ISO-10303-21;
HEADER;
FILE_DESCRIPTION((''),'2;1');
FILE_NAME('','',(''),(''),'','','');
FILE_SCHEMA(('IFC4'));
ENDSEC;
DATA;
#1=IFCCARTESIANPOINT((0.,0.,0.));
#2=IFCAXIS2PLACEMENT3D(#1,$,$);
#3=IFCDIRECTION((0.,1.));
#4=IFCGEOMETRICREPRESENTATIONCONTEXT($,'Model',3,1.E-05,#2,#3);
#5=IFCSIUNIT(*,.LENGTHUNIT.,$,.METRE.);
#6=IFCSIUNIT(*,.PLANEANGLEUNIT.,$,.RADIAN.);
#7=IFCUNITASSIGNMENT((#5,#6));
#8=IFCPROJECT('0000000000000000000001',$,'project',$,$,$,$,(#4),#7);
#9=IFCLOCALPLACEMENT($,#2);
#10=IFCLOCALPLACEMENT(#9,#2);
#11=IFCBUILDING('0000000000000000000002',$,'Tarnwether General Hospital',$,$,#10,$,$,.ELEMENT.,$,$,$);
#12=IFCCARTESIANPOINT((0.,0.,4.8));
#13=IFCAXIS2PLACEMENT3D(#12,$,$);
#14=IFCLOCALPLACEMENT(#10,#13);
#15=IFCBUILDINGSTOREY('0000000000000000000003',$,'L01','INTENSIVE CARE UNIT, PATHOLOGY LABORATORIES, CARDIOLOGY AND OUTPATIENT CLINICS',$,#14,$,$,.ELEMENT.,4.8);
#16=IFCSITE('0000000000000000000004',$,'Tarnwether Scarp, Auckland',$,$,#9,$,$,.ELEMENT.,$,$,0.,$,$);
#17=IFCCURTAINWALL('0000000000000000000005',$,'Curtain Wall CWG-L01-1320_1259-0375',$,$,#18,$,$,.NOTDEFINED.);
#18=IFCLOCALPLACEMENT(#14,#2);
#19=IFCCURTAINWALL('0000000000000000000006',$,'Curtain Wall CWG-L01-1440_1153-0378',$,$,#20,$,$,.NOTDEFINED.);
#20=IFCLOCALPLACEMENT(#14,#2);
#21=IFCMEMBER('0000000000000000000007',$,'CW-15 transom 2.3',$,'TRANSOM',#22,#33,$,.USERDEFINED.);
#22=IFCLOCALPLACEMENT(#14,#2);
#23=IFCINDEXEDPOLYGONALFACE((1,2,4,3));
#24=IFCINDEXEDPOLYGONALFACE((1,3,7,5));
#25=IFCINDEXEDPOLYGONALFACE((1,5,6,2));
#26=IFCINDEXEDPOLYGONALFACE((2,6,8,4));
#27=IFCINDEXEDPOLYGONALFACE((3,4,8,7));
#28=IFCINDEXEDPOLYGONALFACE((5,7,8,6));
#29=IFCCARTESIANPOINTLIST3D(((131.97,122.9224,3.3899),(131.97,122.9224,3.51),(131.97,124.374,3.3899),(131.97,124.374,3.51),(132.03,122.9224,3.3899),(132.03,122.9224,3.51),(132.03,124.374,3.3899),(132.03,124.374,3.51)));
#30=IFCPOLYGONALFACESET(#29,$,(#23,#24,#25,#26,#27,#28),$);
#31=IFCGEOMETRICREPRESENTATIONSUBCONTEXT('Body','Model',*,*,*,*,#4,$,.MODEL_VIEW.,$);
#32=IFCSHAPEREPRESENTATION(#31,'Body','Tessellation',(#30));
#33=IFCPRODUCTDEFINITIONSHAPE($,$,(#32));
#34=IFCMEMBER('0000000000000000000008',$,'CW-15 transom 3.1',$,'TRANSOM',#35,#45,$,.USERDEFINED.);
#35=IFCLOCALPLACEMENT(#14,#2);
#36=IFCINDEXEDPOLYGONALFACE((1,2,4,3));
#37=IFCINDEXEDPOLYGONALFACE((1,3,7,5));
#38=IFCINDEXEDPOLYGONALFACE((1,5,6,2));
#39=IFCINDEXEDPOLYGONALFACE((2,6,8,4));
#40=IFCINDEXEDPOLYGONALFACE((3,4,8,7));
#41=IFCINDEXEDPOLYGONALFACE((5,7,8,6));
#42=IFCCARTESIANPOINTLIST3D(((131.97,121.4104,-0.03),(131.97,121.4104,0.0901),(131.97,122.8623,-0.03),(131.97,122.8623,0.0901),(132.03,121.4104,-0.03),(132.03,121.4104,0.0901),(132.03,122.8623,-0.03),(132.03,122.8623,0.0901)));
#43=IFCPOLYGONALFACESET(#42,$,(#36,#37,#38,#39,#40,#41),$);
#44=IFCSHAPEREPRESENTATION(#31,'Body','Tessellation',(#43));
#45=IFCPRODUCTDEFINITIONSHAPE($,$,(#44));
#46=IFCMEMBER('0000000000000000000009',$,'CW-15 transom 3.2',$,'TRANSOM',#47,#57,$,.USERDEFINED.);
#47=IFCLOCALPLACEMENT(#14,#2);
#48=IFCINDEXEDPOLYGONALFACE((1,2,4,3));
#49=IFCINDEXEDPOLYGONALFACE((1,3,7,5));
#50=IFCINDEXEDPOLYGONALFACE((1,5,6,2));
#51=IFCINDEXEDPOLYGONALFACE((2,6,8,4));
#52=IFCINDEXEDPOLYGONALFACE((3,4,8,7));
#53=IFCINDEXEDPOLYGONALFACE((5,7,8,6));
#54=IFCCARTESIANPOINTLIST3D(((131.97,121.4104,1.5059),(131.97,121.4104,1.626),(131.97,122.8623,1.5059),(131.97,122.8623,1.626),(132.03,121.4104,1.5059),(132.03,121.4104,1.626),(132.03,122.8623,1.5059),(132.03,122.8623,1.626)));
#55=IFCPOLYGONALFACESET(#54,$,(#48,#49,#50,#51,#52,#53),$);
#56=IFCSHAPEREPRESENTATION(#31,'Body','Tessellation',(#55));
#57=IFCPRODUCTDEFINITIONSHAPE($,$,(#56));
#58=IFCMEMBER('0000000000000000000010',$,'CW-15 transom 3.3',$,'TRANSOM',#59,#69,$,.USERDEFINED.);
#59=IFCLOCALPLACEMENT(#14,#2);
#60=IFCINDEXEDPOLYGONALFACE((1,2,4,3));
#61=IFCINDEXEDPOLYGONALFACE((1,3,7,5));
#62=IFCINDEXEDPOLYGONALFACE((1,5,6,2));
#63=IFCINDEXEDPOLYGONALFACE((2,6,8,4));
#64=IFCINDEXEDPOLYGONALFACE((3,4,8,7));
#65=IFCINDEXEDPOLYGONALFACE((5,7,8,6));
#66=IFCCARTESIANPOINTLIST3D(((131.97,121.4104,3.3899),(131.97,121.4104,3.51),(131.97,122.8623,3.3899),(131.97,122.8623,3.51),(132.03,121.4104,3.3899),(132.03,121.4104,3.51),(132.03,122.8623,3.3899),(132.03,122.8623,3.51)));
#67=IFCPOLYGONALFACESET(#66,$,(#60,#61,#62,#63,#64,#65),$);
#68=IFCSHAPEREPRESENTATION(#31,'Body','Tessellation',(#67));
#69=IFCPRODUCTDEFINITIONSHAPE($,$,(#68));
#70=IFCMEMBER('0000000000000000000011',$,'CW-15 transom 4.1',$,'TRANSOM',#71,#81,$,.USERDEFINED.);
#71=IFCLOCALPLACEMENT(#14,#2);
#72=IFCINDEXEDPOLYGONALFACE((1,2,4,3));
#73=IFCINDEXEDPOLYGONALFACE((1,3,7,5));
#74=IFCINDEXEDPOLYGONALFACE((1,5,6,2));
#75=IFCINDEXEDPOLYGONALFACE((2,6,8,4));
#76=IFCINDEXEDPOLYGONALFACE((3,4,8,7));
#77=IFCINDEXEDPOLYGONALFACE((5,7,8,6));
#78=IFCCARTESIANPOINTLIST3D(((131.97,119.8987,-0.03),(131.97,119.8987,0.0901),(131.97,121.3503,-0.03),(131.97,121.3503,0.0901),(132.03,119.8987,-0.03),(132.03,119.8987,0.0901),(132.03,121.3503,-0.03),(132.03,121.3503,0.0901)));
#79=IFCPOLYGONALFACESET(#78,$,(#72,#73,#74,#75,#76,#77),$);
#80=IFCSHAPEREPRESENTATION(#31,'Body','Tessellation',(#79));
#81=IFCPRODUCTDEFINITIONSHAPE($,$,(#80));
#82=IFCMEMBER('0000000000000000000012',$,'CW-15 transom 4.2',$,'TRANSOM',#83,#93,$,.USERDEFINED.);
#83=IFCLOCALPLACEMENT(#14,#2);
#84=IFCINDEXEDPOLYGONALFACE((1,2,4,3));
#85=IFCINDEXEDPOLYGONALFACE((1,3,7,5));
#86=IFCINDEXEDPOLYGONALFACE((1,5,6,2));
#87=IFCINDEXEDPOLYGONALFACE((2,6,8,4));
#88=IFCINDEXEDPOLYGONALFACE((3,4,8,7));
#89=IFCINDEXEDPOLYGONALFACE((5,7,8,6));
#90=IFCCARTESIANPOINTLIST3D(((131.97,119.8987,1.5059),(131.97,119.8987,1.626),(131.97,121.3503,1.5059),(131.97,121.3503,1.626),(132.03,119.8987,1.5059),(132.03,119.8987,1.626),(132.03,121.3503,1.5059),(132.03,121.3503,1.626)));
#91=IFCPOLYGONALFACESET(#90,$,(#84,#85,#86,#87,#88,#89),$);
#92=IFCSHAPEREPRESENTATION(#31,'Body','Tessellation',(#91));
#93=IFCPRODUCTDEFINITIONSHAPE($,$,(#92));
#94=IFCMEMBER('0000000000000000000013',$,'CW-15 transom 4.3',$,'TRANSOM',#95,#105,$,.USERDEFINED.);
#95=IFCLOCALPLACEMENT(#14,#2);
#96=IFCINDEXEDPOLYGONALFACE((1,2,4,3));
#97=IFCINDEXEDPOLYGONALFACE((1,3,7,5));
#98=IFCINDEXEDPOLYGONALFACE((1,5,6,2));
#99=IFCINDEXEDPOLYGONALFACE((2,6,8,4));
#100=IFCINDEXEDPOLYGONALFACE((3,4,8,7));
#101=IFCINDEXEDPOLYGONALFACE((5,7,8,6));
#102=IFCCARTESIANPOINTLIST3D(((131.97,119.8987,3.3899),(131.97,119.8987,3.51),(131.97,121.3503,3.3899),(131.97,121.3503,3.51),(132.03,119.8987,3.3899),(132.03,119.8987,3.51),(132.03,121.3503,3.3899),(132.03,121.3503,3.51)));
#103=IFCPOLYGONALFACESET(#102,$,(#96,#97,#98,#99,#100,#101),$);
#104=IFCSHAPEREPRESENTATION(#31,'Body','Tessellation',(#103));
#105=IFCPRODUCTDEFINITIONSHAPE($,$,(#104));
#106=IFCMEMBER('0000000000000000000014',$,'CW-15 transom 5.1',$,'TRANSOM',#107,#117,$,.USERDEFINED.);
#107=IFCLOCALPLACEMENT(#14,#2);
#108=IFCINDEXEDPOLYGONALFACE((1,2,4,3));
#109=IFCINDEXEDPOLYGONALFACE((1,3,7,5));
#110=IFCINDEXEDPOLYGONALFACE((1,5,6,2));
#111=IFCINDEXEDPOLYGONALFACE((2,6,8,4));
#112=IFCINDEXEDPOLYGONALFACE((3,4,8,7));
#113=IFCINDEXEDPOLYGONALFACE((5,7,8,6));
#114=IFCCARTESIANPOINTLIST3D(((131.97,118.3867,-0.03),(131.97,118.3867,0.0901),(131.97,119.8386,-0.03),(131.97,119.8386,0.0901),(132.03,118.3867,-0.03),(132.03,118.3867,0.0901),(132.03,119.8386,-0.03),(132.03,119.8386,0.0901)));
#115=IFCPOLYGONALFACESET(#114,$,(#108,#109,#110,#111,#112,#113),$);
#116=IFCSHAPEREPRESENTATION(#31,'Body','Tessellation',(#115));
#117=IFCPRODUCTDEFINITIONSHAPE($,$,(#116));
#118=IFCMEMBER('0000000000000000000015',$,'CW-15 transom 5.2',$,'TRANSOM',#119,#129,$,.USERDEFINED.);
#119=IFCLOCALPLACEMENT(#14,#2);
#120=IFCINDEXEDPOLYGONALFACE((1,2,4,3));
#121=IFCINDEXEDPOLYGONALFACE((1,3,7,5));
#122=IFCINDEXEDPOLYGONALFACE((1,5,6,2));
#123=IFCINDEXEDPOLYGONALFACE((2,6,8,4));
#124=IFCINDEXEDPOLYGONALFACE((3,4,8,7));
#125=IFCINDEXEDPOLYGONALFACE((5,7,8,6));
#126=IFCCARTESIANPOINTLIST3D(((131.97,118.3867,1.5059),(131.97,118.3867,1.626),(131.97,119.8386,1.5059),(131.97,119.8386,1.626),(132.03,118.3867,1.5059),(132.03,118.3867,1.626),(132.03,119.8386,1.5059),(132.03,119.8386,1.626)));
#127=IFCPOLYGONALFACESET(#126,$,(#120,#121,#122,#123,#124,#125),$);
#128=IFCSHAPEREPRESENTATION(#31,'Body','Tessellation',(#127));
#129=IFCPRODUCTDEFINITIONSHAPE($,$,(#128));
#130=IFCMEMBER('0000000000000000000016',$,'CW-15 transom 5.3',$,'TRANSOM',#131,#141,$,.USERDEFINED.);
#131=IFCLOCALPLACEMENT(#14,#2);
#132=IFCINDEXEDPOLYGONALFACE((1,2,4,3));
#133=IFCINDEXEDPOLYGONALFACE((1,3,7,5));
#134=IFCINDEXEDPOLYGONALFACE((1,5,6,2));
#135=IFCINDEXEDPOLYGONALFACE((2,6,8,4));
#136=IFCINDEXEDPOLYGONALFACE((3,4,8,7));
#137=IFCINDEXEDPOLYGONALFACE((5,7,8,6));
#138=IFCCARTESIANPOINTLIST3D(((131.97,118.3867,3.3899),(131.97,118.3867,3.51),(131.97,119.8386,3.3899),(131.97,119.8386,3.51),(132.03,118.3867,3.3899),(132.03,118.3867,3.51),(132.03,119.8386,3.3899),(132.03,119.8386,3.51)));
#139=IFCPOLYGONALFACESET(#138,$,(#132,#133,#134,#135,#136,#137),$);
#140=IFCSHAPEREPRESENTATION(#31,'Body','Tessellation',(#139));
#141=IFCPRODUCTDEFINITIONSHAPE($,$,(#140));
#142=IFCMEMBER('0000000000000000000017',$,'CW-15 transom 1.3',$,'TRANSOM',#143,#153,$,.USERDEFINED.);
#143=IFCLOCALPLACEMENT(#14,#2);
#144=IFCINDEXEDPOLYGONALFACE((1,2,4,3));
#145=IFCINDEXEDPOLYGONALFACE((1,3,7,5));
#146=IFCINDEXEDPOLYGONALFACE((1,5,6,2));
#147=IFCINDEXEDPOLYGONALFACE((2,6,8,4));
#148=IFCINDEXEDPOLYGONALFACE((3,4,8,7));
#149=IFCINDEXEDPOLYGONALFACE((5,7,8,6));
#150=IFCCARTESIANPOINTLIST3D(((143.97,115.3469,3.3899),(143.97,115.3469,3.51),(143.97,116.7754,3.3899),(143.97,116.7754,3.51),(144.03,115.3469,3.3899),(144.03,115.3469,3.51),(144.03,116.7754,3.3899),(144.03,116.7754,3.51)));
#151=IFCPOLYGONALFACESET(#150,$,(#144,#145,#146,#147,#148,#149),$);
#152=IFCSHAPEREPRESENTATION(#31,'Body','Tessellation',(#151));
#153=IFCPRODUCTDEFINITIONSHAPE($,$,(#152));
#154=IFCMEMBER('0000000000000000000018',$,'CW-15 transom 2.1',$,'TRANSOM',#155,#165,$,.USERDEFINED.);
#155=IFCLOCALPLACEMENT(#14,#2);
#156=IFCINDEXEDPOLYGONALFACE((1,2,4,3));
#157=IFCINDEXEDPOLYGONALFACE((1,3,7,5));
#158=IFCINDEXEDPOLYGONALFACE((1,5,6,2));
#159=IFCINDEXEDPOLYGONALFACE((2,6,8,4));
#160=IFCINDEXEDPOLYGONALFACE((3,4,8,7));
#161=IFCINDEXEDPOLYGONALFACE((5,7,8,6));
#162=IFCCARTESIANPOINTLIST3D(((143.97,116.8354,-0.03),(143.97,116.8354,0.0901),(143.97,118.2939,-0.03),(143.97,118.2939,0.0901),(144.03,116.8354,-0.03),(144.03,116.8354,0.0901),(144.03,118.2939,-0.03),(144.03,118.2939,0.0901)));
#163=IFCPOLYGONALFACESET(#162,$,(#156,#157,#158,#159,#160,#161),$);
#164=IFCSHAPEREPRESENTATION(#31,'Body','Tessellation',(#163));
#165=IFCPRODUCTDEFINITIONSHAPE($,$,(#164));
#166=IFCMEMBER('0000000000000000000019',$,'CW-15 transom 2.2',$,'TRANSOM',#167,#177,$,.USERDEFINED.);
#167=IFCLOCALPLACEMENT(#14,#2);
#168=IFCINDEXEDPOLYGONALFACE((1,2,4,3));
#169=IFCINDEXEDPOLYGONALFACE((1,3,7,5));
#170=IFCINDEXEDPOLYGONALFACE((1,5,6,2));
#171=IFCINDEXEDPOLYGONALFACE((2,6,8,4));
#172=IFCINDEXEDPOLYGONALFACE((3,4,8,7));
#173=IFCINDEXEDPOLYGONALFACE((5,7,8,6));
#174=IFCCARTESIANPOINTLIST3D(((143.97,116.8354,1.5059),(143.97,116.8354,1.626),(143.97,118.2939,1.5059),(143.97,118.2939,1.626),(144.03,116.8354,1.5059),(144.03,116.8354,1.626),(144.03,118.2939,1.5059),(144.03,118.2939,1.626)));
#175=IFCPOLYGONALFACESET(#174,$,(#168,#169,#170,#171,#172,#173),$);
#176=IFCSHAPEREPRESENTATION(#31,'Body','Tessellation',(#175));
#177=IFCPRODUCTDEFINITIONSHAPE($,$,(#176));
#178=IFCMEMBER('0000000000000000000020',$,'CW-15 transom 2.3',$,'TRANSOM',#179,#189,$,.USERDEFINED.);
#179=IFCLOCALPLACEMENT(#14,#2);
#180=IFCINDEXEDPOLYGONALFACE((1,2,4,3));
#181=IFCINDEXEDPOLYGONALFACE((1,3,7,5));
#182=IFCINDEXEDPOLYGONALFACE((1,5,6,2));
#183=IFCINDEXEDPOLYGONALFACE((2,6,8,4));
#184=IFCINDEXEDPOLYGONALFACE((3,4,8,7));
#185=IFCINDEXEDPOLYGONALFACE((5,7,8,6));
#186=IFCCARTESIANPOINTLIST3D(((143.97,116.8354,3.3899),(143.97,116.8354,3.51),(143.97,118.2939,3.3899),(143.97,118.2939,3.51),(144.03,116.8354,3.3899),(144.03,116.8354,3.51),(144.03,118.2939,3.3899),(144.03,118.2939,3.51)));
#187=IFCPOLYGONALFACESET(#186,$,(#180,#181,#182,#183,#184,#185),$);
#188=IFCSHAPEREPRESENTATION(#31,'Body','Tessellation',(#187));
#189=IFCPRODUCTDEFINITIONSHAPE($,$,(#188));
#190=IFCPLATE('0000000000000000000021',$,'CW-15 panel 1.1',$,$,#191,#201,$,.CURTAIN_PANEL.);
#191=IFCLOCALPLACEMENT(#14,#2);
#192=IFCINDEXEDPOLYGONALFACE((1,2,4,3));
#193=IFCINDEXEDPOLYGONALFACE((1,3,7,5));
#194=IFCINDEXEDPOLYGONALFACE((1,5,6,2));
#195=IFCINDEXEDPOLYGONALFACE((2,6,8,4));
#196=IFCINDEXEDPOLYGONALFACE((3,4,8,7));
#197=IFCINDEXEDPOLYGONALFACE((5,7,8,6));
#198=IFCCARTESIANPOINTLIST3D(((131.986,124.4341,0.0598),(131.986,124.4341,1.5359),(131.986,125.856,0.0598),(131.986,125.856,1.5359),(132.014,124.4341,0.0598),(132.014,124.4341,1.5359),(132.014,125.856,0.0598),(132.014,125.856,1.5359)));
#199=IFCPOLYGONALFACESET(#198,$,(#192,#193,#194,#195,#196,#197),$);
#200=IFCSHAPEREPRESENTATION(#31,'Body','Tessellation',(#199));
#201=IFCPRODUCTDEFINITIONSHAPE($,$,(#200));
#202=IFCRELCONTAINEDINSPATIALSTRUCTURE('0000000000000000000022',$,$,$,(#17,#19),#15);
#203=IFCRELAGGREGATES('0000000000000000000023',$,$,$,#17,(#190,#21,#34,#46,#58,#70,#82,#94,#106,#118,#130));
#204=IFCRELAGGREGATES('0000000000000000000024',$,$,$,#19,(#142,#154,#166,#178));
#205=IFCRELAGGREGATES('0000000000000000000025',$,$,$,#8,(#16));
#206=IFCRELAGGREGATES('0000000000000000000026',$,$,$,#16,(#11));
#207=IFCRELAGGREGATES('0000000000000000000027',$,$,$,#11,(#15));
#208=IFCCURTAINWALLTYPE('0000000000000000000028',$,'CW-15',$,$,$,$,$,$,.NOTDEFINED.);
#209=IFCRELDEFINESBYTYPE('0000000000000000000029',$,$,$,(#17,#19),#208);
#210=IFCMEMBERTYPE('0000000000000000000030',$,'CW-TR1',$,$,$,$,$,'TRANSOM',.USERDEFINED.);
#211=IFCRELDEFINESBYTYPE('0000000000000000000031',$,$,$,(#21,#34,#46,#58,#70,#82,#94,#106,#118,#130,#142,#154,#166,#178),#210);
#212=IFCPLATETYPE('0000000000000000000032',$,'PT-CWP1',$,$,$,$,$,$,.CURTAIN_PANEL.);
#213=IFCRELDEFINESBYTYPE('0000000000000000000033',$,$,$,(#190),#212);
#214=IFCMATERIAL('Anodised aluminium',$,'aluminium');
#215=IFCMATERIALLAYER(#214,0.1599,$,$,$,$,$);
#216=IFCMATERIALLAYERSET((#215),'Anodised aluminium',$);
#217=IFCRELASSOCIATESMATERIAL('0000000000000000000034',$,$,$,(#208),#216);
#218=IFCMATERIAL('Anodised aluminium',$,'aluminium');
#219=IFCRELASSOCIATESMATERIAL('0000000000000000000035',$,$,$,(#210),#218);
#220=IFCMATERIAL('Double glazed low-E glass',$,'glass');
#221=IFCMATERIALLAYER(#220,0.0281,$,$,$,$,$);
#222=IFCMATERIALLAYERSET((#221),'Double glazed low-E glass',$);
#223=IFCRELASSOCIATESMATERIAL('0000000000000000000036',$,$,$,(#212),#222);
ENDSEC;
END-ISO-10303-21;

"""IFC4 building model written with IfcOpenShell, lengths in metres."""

from ifc_helpers import new_model, si_unit, direction, frame, origin, origin_2d, place, context, subcontext, project, spatial, rectangle, extrude, material, layer, layer_set, material_profile, profile_set, type_object, element, aggregate, save


model = new_model("IFC4")

# Units and contexts
model_context = context("Model", 3, precision=1e-05, world=origin(), true_north=direction((0.0, 1.0)))
body_context = subcontext(model_context, "Body", "Model", "MODEL_VIEW")
ifc_project = project(units=[si_unit("LENGTHUNIT", "METRE"), si_unit("PLANEANGLEUNIT", "RADIAN")], contexts=[model_context])

# Site, building, storey
site_placement = place(None, origin())
site = spatial("IfcSite", under=ifc_project, at=site_placement, Name="Tarnwether Scarp, Auckland", CompositionType="ELEMENT", RefElevation=0.0)
building_placement = place(site_placement, origin())
building = spatial("IfcBuilding", under=site, at=building_placement, Name="Tarnwether General Hospital", CompositionType="ELEMENT")
storey_placement = place(building_placement, frame((0.0, 0.0, 4.8)))
storey = spatial("IfcBuildingStorey", under=building, at=storey_placement, Name="L01", Description="INTENSIVE CARE UNIT, PATHOLOGY LABORATORIES, CARDIOLOGY AND OUTPATIENT CLINICS", CompositionType="ELEMENT", Elevation=4.8)

# Curtain wall
ifc_material_1 = material(Name="Anodised aluminium", Category="aluminium")
ifc_layer_1 = layer(ifc_material_1, 0.1599)
ifc_layer_set_1 = layer_set([ifc_layer_1], Name="Anodised aluminium")
curtain_wall_type = type_object("IfcCurtainWallType", Name="CW-15", PredefinedType="NOTDEFINED", material=ifc_layer_set_1)
curtain_wall_1_placement = place(storey_placement, origin())
curtain_wall_1 = element("IfcCurtainWall", 1, at=curtain_wall_1_placement, inside=storey, type_object=curtain_wall_type, Name="Curtain Wall CWG-L01-1320_1259-0375", PredefinedType="NOTDEFINED")

# Curtain wall
curtain_wall_2_placement = place(storey_placement, origin())
curtain_wall_2 = element("IfcCurtainWall", 2, at=curtain_wall_2_placement, inside=storey, type_object=curtain_wall_type, Name="Curtain Wall CWG-L01-1440_1153-0378", PredefinedType="NOTDEFINED")

# Members
ifc_material_2 = material(Name="Anodised aluminium", Category="aluminium")
ifc_material_profile_1 = material_profile(ifc_material_2, rectangle(XDim=0.0601, YDim=0.1201, at=origin_2d()), Name="ALU-TRN-60x120")
ifc_profile_set_1 = profile_set([ifc_material_profile_1], Name="Anodised aluminium")
member_type_1 = type_object("IfcMemberType", Name="CW-TR1", ElementType="TRANSOM", PredefinedType="USERDEFINED", material=ifc_profile_set_1)
member_1_placement = place(storey_placement, frame((132.0, 124.374, 3.45), z_axis=(0.0, -1.0, 0.0), x_axis=(1.0, 0.0, 0.0)))
member_1 = element("IfcMember", 3, at=member_1_placement, type_object=member_type_1, Name="CW-15 transom 2.3", ObjectType="TRANSOM", PredefinedType="USERDEFINED", context=body_context, shape_type="SweptSolid", body=[
    extrude(rectangle(XDim=0.0601, YDim=0.1201, at=origin_2d()), origin(), (0.0, 0.0, 1.0), 1.4517),
])
member_2_placement = place(storey_placement, frame((132.0, 122.8623, 0.03), z_axis=(0.0, -1.0, 0.0), x_axis=(1.0, 0.0, 0.0)))
member_2 = element("IfcMember", 4, at=member_2_placement, type_object=member_type_1, Name="CW-15 transom 3.1", ObjectType="TRANSOM", PredefinedType="USERDEFINED", context=body_context, shape_type="SweptSolid", body=[
    extrude(rectangle(XDim=0.0601, YDim=0.1201, at=origin_2d()), origin(), (0.0, 0.0, 1.0), 1.4519),
])
member_3_placement = place(storey_placement, frame((132.0, 122.8623, 1.5659), z_axis=(0.0, -1.0, 0.0), x_axis=(1.0, 0.0, 0.0)))
member_3 = element("IfcMember", 5, at=member_3_placement, type_object=member_type_1, Name="CW-15 transom 3.2", ObjectType="TRANSOM", PredefinedType="USERDEFINED", context=body_context, shape_type="SweptSolid", body=[
    extrude(rectangle(XDim=0.0601, YDim=0.1201, at=origin_2d()), origin(), (0.0, 0.0, 1.0), 1.4519),
])
member_4_placement = place(storey_placement, frame((132.0, 122.8623, 3.45), z_axis=(0.0, -1.0, 0.0), x_axis=(1.0, 0.0, 0.0)))
member_4 = element("IfcMember", 6, at=member_4_placement, type_object=member_type_1, Name="CW-15 transom 3.3", ObjectType="TRANSOM", PredefinedType="USERDEFINED", context=body_context, shape_type="SweptSolid", body=[
    extrude(rectangle(XDim=0.0601, YDim=0.1201, at=origin_2d()), origin(), (0.0, 0.0, 1.0), 1.4519),
])
member_5_placement = place(storey_placement, frame((132.0, 121.3503, 0.03), z_axis=(0.0, -1.0, 0.0), x_axis=(1.0, 0.0, 0.0)))
member_5 = element("IfcMember", 7, at=member_5_placement, type_object=member_type_1, Name="CW-15 transom 4.1", ObjectType="TRANSOM", PredefinedType="USERDEFINED", context=body_context, shape_type="SweptSolid", body=[
    extrude(rectangle(XDim=0.0601, YDim=0.1201, at=origin_2d()), origin(), (0.0, 0.0, 1.0), 1.4517),
])
member_6_placement = place(storey_placement, frame((132.0, 121.3503, 1.5659), z_axis=(0.0, -1.0, 0.0), x_axis=(1.0, 0.0, 0.0)))
member_6 = element("IfcMember", 8, at=member_6_placement, type_object=member_type_1, Name="CW-15 transom 4.2", ObjectType="TRANSOM", PredefinedType="USERDEFINED", context=body_context, shape_type="SweptSolid", body=[
    extrude(rectangle(XDim=0.0601, YDim=0.1201, at=origin_2d()), origin(), (0.0, 0.0, 1.0), 1.4517),
])
member_7_placement = place(storey_placement, frame((132.0, 121.3503, 3.45), z_axis=(0.0, -1.0, 0.0), x_axis=(1.0, 0.0, 0.0)))
member_7 = element("IfcMember", 9, at=member_7_placement, type_object=member_type_1, Name="CW-15 transom 4.3", ObjectType="TRANSOM", PredefinedType="USERDEFINED", context=body_context, shape_type="SweptSolid", body=[
    extrude(rectangle(XDim=0.0601, YDim=0.1201, at=origin_2d()), origin(), (0.0, 0.0, 1.0), 1.4517),
])
member_8_placement = place(storey_placement, frame((132.0, 119.8386, 0.03), z_axis=(0.0, -1.0, 0.0), x_axis=(1.0, 0.0, 0.0)))
member_8 = element("IfcMember", 10, at=member_8_placement, type_object=member_type_1, Name="CW-15 transom 5.1", ObjectType="TRANSOM", PredefinedType="USERDEFINED", context=body_context, shape_type="SweptSolid", body=[
    extrude(rectangle(XDim=0.0601, YDim=0.1201, at=origin_2d()), origin(), (0.0, 0.0, 1.0), 1.4519),
])
member_9_placement = place(storey_placement, frame((132.0, 119.8386, 1.5659), z_axis=(0.0, -1.0, 0.0), x_axis=(1.0, 0.0, 0.0)))
member_9 = element("IfcMember", 11, at=member_9_placement, type_object=member_type_1, Name="CW-15 transom 5.2", ObjectType="TRANSOM", PredefinedType="USERDEFINED", context=body_context, shape_type="SweptSolid", body=[
    extrude(rectangle(XDim=0.0601, YDim=0.1201, at=origin_2d()), origin(), (0.0, 0.0, 1.0), 1.4519),
])
member_10_placement = place(storey_placement, frame((132.0, 119.8386, 3.45), z_axis=(0.0, -1.0, 0.0), x_axis=(1.0, 0.0, 0.0)))
member_10 = element("IfcMember", 12, at=member_10_placement, type_object=member_type_1, Name="CW-15 transom 5.3", ObjectType="TRANSOM", PredefinedType="USERDEFINED", context=body_context, shape_type="SweptSolid", body=[
    extrude(rectangle(XDim=0.0601, YDim=0.1201, at=origin_2d()), origin(), (0.0, 0.0, 1.0), 1.4519),
])
member_11_placement = place(storey_placement, frame((144.0, 115.3469, 3.45), z_axis=(0.0, 1.0, 0.0), x_axis=(-1.0, 0.0, 0.0)))
member_11 = element("IfcMember", 13, at=member_11_placement, type_object=member_type_1, Name="CW-15 transom 1.3", ObjectType="TRANSOM", PredefinedType="USERDEFINED", context=body_context, shape_type="SweptSolid", body=[
    extrude(rectangle(XDim=0.0601, YDim=0.1201, at=origin_2d()), origin(), (0.0, 0.0, 1.0), 1.4285),
])
member_12_placement = place(storey_placement, frame((144.0, 116.8354, 0.03), z_axis=(0.0, 1.0, 0.0), x_axis=(-1.0, 0.0, 0.0)))
member_12 = element("IfcMember", 14, at=member_12_placement, type_object=member_type_1, Name="CW-15 transom 2.1", ObjectType="TRANSOM", PredefinedType="USERDEFINED", context=body_context, shape_type="SweptSolid", body=[
    extrude(rectangle(XDim=0.0601, YDim=0.1201, at=origin_2d()), origin(), (0.0, 0.0, 1.0), 1.4585),
])
member_13_placement = place(storey_placement, frame((144.0, 116.8354, 1.5659), z_axis=(0.0, 1.0, 0.0), x_axis=(-1.0, 0.0, 0.0)))
member_13 = element("IfcMember", 15, at=member_13_placement, type_object=member_type_1, Name="CW-15 transom 2.2", ObjectType="TRANSOM", PredefinedType="USERDEFINED", context=body_context, shape_type="SweptSolid", body=[
    extrude(rectangle(XDim=0.0601, YDim=0.1201, at=origin_2d()), origin(), (0.0, 0.0, 1.0), 1.4585),
])
member_14_placement = place(storey_placement, frame((144.0, 116.8354, 3.45), z_axis=(0.0, 1.0, 0.0), x_axis=(-1.0, 0.0, 0.0)))
member_14 = element("IfcMember", 16, at=member_14_placement, type_object=member_type_1, Name="CW-15 transom 2.3", ObjectType="TRANSOM", PredefinedType="USERDEFINED", context=body_context, shape_type="SweptSolid", body=[
    extrude(rectangle(XDim=0.0601, YDim=0.1201, at=origin_2d()), origin(), (0.0, 0.0, 1.0), 1.4585),
])

# Plate
ifc_material_3 = material(Name="Double glazed low-E glass", Category="glass")
ifc_layer_2 = layer(ifc_material_3, 0.0281)
ifc_layer_set_2 = layer_set([ifc_layer_2], Name="Double glazed low-E glass")
plate_type_1 = type_object("IfcPlateType", Name="PT-CWP1", PredefinedType="CURTAIN_PANEL", material=ifc_layer_set_2)
plate_1_placement = place(storey_placement, frame((132.0, 125.145, 0.0598), z_axis=(0.0, 0.0, 1.0), x_axis=(0.0, -1.0, 0.0)))
plate_1 = element("IfcPlate", 17, at=plate_1_placement, type_object=plate_type_1, Name="CW-15 panel 1.1", PredefinedType="CURTAIN_PANEL", context=body_context, shape_type="SweptSolid", body=[
    extrude(rectangle(XDim=1.4219, YDim=0.0281, at=origin_2d()), origin(), (0.0, 0.0, 1.0), 1.4761),
])
aggregate(curtain_wall_1, [plate_1, member_1, member_2, member_3, member_4, member_5, member_6, member_7, member_8, member_9, member_10])
aggregate(curtain_wall_2, [member_11, member_12, member_13, member_14])

save(model, "model.ifc")
